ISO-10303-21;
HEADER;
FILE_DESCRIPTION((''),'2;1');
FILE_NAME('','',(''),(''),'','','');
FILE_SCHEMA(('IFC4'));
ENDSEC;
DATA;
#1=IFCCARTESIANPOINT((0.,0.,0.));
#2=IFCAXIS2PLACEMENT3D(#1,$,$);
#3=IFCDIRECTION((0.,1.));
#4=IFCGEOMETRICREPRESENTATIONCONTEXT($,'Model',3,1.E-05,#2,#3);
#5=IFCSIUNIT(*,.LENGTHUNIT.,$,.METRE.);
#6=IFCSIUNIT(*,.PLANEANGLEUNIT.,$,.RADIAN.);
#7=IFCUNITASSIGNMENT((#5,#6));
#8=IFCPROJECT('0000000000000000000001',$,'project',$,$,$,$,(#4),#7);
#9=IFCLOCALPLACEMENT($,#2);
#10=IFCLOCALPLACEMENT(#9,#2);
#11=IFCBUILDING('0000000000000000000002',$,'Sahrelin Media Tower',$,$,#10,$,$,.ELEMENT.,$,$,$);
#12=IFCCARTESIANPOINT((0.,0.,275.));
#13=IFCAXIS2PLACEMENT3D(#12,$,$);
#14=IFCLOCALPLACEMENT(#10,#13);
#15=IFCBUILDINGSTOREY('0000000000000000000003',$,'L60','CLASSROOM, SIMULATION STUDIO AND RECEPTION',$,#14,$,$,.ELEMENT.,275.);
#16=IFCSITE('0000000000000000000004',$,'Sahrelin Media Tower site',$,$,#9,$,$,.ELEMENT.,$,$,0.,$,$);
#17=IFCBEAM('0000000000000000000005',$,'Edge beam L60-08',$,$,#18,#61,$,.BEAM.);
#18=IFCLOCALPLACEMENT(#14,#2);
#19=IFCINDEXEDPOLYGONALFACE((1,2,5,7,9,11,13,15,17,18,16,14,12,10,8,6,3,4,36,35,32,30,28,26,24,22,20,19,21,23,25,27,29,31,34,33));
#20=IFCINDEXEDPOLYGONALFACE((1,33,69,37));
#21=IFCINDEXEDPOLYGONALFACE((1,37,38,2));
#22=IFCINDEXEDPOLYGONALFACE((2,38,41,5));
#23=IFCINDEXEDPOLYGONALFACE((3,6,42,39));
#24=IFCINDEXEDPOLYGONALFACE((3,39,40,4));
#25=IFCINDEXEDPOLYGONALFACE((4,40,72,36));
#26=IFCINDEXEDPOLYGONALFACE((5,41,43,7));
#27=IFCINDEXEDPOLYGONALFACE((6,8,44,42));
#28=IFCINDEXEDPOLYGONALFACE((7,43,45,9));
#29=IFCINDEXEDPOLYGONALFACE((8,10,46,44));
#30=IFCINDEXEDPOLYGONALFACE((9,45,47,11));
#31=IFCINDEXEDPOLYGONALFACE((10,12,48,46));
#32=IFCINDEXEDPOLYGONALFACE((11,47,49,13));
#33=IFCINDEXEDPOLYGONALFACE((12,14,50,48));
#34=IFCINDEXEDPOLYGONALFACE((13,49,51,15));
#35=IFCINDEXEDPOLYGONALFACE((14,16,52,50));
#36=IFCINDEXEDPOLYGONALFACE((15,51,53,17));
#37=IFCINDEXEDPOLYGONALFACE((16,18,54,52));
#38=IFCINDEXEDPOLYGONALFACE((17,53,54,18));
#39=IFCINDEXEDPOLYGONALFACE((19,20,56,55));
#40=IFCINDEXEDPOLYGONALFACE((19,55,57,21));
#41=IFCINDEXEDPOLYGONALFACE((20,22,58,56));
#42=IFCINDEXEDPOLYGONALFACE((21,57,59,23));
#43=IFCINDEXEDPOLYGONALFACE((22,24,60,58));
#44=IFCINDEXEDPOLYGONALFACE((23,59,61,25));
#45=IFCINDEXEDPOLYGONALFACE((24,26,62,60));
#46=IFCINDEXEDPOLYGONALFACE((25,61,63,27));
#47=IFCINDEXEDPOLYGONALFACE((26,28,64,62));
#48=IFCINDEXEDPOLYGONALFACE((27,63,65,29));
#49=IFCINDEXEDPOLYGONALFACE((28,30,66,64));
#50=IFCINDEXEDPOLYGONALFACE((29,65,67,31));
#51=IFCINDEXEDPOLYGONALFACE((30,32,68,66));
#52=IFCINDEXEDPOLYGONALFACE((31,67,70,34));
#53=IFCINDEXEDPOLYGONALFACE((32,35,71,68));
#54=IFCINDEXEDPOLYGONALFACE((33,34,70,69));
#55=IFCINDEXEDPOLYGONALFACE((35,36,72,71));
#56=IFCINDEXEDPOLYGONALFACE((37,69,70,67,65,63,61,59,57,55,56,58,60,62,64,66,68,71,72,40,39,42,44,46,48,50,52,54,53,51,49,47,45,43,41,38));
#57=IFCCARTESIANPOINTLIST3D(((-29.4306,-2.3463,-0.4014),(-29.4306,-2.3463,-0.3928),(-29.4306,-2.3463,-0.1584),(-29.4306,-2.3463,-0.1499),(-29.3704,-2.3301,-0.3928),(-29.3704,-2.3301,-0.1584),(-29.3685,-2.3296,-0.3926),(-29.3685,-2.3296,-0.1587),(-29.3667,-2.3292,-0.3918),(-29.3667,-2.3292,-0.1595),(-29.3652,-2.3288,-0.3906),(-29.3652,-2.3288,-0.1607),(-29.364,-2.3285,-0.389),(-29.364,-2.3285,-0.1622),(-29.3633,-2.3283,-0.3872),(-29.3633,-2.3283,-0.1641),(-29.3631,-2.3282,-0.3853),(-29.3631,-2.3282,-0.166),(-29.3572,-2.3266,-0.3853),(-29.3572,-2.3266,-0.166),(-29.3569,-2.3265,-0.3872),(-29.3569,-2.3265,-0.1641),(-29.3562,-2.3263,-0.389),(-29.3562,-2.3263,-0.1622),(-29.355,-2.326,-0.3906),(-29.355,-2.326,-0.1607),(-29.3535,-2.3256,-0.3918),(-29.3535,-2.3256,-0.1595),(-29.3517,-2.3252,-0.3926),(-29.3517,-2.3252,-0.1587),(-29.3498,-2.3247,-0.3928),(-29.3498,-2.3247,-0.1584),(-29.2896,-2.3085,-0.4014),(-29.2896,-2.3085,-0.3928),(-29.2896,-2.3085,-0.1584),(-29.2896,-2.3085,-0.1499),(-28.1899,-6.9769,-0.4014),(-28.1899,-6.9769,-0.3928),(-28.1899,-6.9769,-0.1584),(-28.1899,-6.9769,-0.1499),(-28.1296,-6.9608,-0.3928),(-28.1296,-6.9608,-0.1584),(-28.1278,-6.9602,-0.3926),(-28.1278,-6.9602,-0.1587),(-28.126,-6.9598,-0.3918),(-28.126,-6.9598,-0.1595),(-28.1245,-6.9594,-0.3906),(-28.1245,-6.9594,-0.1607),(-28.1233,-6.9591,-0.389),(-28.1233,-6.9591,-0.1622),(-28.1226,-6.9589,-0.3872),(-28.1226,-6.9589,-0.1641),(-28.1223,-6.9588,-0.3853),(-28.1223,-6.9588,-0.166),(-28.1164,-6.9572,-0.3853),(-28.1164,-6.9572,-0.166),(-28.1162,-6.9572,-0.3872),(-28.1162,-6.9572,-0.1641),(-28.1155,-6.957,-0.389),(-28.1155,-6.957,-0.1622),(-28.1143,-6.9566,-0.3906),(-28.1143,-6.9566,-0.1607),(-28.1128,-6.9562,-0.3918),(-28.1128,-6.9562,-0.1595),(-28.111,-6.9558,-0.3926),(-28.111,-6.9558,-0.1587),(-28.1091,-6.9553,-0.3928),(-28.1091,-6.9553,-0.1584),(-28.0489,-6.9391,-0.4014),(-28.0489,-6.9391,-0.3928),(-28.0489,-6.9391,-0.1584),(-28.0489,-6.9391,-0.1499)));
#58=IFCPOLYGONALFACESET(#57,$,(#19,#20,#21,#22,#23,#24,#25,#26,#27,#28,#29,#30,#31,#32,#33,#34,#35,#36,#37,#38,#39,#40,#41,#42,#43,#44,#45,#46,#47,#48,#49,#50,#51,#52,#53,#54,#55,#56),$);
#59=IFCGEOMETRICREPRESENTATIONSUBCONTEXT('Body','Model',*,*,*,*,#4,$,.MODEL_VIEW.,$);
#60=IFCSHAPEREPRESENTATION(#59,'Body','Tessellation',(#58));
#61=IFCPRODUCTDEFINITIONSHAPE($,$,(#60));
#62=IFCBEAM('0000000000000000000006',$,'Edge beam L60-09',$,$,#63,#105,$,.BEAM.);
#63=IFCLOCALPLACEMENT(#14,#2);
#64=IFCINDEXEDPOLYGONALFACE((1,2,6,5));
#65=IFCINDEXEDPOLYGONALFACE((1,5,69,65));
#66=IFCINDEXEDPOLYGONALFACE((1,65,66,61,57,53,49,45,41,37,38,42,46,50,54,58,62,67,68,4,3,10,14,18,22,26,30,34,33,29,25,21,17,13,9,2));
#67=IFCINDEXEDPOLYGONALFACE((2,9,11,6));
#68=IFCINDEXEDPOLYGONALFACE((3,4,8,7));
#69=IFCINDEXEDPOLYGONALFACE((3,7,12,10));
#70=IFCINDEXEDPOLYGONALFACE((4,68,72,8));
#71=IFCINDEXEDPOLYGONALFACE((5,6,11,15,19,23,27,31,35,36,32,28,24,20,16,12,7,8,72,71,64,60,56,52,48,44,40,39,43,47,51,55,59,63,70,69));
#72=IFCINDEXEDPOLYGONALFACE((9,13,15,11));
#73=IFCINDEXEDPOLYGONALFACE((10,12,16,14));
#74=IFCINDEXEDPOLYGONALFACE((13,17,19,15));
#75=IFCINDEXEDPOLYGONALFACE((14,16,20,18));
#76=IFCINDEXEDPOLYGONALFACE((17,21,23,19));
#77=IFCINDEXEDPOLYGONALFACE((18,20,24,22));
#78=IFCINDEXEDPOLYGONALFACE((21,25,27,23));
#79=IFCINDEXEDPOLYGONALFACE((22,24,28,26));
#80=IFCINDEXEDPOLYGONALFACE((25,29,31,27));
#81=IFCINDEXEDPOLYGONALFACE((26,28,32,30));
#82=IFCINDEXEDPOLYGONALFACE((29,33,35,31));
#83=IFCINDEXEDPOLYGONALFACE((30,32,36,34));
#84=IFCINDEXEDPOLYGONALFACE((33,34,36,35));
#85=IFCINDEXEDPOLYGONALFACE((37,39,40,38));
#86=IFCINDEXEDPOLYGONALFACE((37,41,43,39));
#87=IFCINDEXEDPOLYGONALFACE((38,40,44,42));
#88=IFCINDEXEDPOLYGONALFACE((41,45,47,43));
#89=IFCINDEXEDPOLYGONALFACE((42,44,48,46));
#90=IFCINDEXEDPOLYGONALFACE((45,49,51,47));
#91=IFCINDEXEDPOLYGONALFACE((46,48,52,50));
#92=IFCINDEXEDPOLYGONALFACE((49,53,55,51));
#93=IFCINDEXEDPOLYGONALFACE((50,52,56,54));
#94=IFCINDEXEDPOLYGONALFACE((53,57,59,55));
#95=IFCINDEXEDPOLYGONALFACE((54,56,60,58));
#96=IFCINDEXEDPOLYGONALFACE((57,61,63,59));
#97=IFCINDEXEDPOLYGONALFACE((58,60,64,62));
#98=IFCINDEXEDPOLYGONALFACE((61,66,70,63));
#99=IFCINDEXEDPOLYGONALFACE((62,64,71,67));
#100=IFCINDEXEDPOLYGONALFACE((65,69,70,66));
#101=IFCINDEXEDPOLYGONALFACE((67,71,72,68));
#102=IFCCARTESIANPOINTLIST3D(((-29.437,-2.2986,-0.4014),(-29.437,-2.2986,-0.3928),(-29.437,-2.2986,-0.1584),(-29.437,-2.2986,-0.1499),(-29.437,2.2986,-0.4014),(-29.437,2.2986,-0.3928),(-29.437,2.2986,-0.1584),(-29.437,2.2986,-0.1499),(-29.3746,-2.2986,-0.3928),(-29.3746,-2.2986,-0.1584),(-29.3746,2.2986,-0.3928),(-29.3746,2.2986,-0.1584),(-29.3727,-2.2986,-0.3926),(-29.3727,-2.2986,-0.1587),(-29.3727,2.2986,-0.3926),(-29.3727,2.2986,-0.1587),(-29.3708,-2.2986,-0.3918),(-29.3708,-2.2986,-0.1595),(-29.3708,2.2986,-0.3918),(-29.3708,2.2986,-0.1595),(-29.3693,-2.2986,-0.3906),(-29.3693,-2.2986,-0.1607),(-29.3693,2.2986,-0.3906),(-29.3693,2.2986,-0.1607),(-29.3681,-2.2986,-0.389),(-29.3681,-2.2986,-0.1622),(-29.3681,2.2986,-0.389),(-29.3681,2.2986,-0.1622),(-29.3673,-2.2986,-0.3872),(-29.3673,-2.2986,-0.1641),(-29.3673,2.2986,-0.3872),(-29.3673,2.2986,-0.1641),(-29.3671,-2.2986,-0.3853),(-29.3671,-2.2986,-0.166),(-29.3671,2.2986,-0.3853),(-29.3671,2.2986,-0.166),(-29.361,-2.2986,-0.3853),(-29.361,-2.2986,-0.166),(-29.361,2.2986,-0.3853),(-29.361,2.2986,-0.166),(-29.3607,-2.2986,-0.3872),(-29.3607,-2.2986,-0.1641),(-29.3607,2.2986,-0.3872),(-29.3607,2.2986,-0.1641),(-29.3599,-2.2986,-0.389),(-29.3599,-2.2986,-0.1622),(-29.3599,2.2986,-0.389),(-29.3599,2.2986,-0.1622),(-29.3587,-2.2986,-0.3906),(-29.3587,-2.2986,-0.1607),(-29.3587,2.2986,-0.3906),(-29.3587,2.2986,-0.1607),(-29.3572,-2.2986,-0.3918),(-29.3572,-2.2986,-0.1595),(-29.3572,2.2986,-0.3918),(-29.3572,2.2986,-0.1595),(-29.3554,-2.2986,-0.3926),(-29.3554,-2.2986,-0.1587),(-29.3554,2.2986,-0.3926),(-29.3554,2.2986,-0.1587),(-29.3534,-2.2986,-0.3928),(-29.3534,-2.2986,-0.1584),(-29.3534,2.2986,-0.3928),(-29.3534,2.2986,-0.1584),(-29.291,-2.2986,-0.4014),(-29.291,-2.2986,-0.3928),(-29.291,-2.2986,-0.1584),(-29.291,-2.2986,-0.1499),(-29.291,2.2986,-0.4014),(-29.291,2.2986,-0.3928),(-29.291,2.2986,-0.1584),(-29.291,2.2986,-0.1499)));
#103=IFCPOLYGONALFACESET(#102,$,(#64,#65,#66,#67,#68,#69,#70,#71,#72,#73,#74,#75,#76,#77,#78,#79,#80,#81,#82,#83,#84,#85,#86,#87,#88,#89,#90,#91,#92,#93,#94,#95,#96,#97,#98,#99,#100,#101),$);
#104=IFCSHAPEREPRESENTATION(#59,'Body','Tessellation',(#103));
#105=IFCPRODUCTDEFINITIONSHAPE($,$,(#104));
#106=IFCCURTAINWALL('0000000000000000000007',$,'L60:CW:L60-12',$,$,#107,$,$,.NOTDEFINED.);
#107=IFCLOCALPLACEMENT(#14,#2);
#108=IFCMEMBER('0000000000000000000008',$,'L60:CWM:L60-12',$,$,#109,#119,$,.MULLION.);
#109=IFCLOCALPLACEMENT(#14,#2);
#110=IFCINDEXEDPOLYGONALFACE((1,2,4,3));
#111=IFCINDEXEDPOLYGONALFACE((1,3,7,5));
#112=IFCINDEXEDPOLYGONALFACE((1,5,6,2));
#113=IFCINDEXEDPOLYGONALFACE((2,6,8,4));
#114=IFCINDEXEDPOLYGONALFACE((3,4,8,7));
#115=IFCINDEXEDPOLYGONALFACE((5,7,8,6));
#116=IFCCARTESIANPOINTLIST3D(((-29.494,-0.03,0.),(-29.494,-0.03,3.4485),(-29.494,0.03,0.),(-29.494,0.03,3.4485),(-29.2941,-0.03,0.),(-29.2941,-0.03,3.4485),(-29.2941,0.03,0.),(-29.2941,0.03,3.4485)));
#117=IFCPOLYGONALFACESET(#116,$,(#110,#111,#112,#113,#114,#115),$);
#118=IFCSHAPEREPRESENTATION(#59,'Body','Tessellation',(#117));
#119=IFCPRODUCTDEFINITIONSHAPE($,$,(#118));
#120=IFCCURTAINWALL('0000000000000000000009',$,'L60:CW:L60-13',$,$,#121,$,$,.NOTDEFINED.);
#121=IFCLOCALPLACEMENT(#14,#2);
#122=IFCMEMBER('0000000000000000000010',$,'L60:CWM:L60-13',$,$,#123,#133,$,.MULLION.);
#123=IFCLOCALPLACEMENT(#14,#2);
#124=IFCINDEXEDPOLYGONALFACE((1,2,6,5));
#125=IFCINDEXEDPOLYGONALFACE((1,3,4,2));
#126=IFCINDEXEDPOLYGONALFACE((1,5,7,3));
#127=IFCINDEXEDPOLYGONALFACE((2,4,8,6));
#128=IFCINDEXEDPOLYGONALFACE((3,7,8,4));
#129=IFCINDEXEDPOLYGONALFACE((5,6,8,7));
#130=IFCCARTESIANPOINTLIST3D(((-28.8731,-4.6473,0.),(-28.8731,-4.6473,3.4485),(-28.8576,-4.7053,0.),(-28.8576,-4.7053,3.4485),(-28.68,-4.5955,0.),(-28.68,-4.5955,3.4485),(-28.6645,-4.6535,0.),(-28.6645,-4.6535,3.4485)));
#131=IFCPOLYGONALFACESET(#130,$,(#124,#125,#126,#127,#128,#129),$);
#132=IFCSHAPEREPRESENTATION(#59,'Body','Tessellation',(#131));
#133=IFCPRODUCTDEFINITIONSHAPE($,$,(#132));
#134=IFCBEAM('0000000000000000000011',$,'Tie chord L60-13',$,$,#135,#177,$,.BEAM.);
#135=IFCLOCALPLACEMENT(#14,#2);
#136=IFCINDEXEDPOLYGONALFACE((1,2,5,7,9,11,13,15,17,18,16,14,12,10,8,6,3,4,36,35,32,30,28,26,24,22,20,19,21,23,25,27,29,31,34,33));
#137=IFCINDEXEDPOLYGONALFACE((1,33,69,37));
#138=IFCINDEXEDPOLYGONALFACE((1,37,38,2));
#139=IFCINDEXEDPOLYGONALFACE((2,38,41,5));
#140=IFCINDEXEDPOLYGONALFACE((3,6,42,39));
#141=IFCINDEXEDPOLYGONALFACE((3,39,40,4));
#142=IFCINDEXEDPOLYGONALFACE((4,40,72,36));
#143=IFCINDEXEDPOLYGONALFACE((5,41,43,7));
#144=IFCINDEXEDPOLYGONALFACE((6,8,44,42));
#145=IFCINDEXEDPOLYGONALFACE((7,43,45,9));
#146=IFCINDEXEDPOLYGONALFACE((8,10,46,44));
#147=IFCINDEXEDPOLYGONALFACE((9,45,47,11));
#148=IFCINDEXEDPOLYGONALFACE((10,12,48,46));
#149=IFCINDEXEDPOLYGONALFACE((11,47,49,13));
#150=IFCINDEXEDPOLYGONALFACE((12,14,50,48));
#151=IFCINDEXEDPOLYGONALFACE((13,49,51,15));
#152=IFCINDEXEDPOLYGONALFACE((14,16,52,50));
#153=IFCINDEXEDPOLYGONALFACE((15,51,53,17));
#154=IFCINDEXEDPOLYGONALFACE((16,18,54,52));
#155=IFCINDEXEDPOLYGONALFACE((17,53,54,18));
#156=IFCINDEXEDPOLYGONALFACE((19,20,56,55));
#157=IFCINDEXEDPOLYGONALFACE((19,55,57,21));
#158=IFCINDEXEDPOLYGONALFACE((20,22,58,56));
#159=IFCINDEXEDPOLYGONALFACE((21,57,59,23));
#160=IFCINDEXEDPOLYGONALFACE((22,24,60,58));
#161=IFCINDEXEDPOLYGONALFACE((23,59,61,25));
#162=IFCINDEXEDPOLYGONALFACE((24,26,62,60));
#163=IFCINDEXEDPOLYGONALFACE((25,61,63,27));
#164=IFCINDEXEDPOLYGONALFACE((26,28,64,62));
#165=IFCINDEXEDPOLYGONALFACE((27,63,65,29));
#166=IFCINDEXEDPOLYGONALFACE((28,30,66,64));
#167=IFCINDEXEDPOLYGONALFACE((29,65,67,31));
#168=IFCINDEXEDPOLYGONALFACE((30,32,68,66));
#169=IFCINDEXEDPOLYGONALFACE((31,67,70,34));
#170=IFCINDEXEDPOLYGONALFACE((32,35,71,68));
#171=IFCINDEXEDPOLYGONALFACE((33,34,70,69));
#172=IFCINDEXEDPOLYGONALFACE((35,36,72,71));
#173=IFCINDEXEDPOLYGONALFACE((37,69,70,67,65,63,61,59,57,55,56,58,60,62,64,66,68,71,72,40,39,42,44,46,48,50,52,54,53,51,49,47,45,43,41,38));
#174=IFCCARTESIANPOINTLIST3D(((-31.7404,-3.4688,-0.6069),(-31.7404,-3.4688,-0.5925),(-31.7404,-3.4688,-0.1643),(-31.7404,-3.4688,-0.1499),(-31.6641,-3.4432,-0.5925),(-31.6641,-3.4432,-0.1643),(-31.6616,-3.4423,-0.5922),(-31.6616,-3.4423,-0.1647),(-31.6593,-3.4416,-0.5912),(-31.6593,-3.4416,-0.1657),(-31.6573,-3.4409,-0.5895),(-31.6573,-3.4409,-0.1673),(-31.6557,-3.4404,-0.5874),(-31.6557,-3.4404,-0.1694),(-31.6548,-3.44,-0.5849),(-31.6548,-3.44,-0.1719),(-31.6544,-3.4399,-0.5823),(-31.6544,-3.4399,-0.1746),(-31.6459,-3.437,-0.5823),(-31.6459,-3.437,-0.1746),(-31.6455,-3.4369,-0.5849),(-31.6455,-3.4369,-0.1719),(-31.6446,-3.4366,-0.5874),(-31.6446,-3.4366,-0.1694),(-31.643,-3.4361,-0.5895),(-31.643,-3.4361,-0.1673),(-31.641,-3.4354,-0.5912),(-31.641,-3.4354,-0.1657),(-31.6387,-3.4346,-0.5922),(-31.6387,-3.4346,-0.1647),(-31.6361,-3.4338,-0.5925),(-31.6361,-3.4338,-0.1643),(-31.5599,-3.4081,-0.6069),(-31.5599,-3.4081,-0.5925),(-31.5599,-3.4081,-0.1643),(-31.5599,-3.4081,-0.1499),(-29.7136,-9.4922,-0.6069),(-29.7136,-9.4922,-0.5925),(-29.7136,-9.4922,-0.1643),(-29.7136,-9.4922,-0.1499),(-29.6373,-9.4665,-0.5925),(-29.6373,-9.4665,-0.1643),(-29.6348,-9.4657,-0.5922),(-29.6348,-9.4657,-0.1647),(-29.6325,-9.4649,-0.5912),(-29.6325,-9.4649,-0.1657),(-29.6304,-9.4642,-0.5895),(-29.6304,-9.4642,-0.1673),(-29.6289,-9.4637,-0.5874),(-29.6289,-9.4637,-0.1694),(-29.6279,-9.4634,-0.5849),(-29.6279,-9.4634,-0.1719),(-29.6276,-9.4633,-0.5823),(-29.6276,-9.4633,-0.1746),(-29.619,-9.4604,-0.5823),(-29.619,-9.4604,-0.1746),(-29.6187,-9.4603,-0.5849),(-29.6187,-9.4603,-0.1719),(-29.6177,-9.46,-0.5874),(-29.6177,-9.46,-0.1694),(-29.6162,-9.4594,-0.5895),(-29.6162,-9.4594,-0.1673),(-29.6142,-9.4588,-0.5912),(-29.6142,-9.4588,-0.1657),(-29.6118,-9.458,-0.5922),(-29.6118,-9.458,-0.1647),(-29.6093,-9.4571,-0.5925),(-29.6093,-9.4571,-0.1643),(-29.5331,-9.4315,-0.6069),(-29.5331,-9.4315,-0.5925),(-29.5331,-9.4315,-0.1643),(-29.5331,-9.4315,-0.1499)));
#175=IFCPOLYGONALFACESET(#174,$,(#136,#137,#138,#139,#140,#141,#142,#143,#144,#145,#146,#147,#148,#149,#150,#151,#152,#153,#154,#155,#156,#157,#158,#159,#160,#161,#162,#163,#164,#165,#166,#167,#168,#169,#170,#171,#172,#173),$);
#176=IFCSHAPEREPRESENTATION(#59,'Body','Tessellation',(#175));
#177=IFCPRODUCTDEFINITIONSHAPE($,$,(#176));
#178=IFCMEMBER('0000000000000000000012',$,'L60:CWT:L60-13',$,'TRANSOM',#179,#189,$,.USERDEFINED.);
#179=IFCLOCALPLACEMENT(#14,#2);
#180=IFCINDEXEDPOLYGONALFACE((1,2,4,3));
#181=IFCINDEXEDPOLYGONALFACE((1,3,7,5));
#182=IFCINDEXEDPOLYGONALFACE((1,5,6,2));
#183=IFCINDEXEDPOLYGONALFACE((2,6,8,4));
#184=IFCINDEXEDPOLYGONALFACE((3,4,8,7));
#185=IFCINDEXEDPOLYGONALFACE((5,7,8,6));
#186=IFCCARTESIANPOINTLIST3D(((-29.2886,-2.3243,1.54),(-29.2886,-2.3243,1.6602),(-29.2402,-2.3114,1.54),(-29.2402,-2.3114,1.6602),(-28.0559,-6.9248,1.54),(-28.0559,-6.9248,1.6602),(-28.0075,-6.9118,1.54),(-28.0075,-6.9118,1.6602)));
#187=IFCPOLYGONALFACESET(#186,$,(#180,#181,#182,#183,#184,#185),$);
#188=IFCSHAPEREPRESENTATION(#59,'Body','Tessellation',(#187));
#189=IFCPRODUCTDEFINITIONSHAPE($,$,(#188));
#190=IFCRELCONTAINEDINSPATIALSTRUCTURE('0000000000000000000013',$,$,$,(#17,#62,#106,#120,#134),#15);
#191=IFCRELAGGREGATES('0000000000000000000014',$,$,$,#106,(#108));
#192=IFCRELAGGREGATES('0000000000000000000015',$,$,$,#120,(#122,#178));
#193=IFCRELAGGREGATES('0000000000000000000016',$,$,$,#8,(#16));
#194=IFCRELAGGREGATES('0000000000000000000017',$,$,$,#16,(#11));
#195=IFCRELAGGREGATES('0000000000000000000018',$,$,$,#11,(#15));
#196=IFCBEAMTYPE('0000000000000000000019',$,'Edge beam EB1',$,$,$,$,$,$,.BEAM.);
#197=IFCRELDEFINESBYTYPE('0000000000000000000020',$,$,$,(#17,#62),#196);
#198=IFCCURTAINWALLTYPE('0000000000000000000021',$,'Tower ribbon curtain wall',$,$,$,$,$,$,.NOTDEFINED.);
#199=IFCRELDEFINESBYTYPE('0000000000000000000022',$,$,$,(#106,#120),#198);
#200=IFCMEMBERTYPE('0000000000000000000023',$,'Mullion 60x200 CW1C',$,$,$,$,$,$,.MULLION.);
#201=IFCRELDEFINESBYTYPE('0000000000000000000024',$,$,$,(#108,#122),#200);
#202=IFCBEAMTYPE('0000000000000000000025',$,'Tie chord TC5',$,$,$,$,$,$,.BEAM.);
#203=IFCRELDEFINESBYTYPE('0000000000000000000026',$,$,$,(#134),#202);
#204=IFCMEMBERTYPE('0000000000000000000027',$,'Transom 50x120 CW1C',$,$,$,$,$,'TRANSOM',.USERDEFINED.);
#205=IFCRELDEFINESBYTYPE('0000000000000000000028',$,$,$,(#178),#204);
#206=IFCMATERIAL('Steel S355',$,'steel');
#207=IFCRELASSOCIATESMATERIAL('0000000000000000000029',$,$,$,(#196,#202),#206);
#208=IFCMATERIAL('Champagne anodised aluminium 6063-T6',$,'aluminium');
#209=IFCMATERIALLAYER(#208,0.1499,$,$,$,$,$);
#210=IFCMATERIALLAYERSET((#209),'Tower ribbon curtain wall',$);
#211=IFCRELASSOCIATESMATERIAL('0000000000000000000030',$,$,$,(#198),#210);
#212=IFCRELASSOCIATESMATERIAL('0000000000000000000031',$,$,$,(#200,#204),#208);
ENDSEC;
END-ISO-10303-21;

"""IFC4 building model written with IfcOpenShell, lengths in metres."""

from ifc_helpers import new_model, si_unit, direction, frame, origin, origin_2d, place, context, subcontext, project, spatial, rectangle, i_section, extrude, material, layer, layer_set, material_profile, profile_set, type_object, element, aggregate, save


model = new_model("IFC4")

# Units and contexts
model_context = context("Model", 3, precision=1e-05, world=origin(), true_north=direction((0.0, 1.0)))
body_context = subcontext(model_context, "Body", "Model", "MODEL_VIEW")
ifc_project = project(units=[si_unit("LENGTHUNIT", "METRE"), si_unit("PLANEANGLEUNIT", "RADIAN")], contexts=[model_context])

# Site, building, storey
site_placement = place(None, origin())
site = spatial("IfcSite", under=ifc_project, at=site_placement, Name="Sahrelin Media Tower site", CompositionType="ELEMENT", RefElevation=0.0)
building_placement = place(site_placement, origin())
building = spatial("IfcBuilding", under=site, at=building_placement, Name="Sahrelin Media Tower", CompositionType="ELEMENT")
storey_placement = place(building_placement, frame((0.0, 0.0, 275.0)))
storey = spatial("IfcBuildingStorey", under=building, at=storey_placement, Name="L60", Description="CLASSROOM, SIMULATION STUDIO AND RECEPTION", CompositionType="ELEMENT", Elevation=275.0)

# Beams
ifc_material_1 = material(Name="Steel S355", Category="steel")
ifc_material_profile_1 = material_profile(ifc_material_1, i_section(OverallWidth=0.146, OverallDepth=0.2515, WebThickness=0.0061, FlangeThickness=0.0085, FilletRadius=0.0076, at=origin_2d()), Name="UB 254x146x31")
ifc_profile_set_1 = profile_set([ifc_material_profile_1], Name="Steel S355")
beam_type_1 = type_object("IfcBeamType", Name="Edge beam EB1", PredefinedType="BEAM", material=ifc_profile_set_1)
beam_1_placement = place(storey_placement, frame((-28.1194, -6.958, -0.2756), z_axis=(-0.25881, 0.965928, 0.0), x_axis=(-0.965928, -0.25881, 0.0)))
element("IfcBeam", 1, at=beam_1_placement, inside=storey, type_object=beam_type_1, Name="Edge beam L60-08", PredefinedType="BEAM", context=body_context, shape_type="SweptSolid", body=[
    extrude(i_section(OverallWidth=0.146, OverallDepth=0.2515, WebThickness=0.0061, FlangeThickness=0.0085, FilletRadius=0.0076, at=origin_2d()), origin(), (0.0, 0.0, 1.0), 4.7939),
])
beam_2_placement = place(storey_placement, frame((-29.364, -2.2986, -0.2756), z_axis=(0.0, 1.0, 0.0), x_axis=(-1.0, 0.0, 0.0)))
element("IfcBeam", 2, at=beam_2_placement, inside=storey, type_object=beam_type_1, Name="Edge beam L60-09", PredefinedType="BEAM", context=body_context, shape_type="SweptSolid", body=[
    extrude(i_section(OverallWidth=0.146, OverallDepth=0.2515, WebThickness=0.0061, FlangeThickness=0.0085, FilletRadius=0.0076, at=origin_2d()), origin(), (0.0, 0.0, 1.0), 4.5972),
])

# Curtain walls, members
ifc_material_2 = material(Name="Champagne anodised aluminium 6063-T6", Category="aluminium")
ifc_layer_1 = layer(ifc_material_2, 0.1499)
ifc_layer_set_1 = layer_set([ifc_layer_1], Name="Tower ribbon curtain wall")
curtain_wall_type = type_object("IfcCurtainWallType", Name="Tower ribbon curtain wall", PredefinedType="NOTDEFINED", material=ifc_layer_set_1)
placement_1 = place(storey_placement, frame((-29.5139, 0.0, 0.0), z_axis=(0.0, 0.0, 1.0), x_axis=(1.0, 0.0, 0.0)))
curtain_wall_1 = element("IfcCurtainWall", 3, at=placement_1, inside=storey, type_object=curtain_wall_type, Name="L60:CW:L60-12", PredefinedType="NOTDEFINED")
ifc_material_profile_2 = material_profile(ifc_material_2, rectangle(XDim=0.0601, YDim=0.2, at=origin_2d()), Name="Mullion 60x200")
ifc_profile_set_2 = profile_set([ifc_material_profile_2], Name="Champagne anodised aluminium 6063-T6")
member_type_1 = type_object("IfcMemberType", Name="Mullion 60x200 CW1C", PredefinedType="MULLION", material=ifc_profile_set_2)
member_1_placement = place(storey_placement, frame((-29.394, 0.0, 0.0), z_axis=(0.0, 0.0, 1.0), x_axis=(0.0, -1.0, 0.0)))
member_1 = element("IfcMember", 4, at=member_1_placement, type_object=member_type_1, Name="L60:CWM:L60-12", PredefinedType="MULLION", context=body_context, shape_type="SweptSolid", body=[
    extrude(rectangle(XDim=0.0601, YDim=0.2, at=origin_2d()), origin(), (0.0, 0.0, 1.0), 3.4485),
])
aggregate(curtain_wall_1, [member_1])
curtain_wall_2_placement = place(storey_placement, frame((-28.8848, -4.6814, 0.0), z_axis=(0.0, 0.0, 1.0), x_axis=(1.0, 0.0, 0.0)))
curtain_wall_2 = element("IfcCurtainWall", 5, at=curtain_wall_2_placement, inside=storey, type_object=curtain_wall_type, Name="L60:CW:L60-13", PredefinedType="NOTDEFINED")
member_2_placement = place(storey_placement, frame((-28.7688, -4.6504, 0.0), z_axis=(0.0, 0.0, 1.0), x_axis=(0.258814, -0.965927, 0.0)))
member_2 = element("IfcMember", 6, at=member_2_placement, type_object=member_type_1, Name="L60:CWM:L60-13", PredefinedType="MULLION", context=body_context, shape_type="SweptSolid", body=[
    extrude(rectangle(XDim=0.0601, YDim=0.2, at=origin_2d()), origin(), (0.0, 0.0, 1.0), 3.4485),
])

# Beam
ifc_material_profile_3 = material_profile(ifc_material_1, i_section(OverallWidth=0.1904, OverallDepth=0.457, WebThickness=0.009, FlangeThickness=0.0144, FilletRadius=0.0103, at=origin_2d()), Name="UB 457x191x74")
ifc_profile_set_3 = profile_set([ifc_material_profile_3], Name="Steel S355")
beam_type_2 = type_object("IfcBeamType", Name="Tie chord TC5", PredefinedType="BEAM", material=ifc_profile_set_3)
beam_3_placement = place(storey_placement, frame((-31.6501, -3.4385, -0.3784), z_axis=(0.318923, -0.947781, 0.0), x_axis=(0.947781, 0.318923, 0.0)))
element("IfcBeam", 7, at=beam_3_placement, inside=storey, type_object=beam_type_2, Name="Tie chord L60-13", PredefinedType="BEAM", context=body_context, shape_type="SweptSolid", body=[
    extrude(i_section(OverallWidth=0.1904, OverallDepth=0.457, WebThickness=0.009, FlangeThickness=0.0144, FilletRadius=0.0103, at=origin_2d()), origin(), (0.0, 0.0, 1.0), 6.3552),
])

# Member
ifc_material_profile_4 = material_profile(ifc_material_2, rectangle(XDim=0.05, YDim=0.1201, at=origin_2d()), Name="Transom 50x120")
ifc_profile_set_4 = profile_set([ifc_material_profile_4], Name="Champagne anodised aluminium 6063-T6")
member_type_2 = type_object("IfcMemberType", Name="Transom 50x120 CW1C", ElementType="TRANSOM", PredefinedType="USERDEFINED", material=ifc_profile_set_4)
member_3_placement = place(storey_placement, frame((-29.2644, -2.3179, 1.6001), z_axis=(0.258821, -0.965925, 0.0), x_axis=(0.965925, 0.258821, 0.0)))
member_3 = element("IfcMember", 8, at=member_3_placement, type_object=member_type_2, Name="L60:CWT:L60-13", ObjectType="TRANSOM", PredefinedType="USERDEFINED", context=body_context, shape_type="SweptSolid", body=[
    extrude(rectangle(XDim=0.05, YDim=0.1201, at=origin_2d()), origin(), (0.0, 0.0, 1.0), 4.7627),
])

aggregate(curtain_wall_2, [member_2, member_3])

save(model, "model.ifc")
